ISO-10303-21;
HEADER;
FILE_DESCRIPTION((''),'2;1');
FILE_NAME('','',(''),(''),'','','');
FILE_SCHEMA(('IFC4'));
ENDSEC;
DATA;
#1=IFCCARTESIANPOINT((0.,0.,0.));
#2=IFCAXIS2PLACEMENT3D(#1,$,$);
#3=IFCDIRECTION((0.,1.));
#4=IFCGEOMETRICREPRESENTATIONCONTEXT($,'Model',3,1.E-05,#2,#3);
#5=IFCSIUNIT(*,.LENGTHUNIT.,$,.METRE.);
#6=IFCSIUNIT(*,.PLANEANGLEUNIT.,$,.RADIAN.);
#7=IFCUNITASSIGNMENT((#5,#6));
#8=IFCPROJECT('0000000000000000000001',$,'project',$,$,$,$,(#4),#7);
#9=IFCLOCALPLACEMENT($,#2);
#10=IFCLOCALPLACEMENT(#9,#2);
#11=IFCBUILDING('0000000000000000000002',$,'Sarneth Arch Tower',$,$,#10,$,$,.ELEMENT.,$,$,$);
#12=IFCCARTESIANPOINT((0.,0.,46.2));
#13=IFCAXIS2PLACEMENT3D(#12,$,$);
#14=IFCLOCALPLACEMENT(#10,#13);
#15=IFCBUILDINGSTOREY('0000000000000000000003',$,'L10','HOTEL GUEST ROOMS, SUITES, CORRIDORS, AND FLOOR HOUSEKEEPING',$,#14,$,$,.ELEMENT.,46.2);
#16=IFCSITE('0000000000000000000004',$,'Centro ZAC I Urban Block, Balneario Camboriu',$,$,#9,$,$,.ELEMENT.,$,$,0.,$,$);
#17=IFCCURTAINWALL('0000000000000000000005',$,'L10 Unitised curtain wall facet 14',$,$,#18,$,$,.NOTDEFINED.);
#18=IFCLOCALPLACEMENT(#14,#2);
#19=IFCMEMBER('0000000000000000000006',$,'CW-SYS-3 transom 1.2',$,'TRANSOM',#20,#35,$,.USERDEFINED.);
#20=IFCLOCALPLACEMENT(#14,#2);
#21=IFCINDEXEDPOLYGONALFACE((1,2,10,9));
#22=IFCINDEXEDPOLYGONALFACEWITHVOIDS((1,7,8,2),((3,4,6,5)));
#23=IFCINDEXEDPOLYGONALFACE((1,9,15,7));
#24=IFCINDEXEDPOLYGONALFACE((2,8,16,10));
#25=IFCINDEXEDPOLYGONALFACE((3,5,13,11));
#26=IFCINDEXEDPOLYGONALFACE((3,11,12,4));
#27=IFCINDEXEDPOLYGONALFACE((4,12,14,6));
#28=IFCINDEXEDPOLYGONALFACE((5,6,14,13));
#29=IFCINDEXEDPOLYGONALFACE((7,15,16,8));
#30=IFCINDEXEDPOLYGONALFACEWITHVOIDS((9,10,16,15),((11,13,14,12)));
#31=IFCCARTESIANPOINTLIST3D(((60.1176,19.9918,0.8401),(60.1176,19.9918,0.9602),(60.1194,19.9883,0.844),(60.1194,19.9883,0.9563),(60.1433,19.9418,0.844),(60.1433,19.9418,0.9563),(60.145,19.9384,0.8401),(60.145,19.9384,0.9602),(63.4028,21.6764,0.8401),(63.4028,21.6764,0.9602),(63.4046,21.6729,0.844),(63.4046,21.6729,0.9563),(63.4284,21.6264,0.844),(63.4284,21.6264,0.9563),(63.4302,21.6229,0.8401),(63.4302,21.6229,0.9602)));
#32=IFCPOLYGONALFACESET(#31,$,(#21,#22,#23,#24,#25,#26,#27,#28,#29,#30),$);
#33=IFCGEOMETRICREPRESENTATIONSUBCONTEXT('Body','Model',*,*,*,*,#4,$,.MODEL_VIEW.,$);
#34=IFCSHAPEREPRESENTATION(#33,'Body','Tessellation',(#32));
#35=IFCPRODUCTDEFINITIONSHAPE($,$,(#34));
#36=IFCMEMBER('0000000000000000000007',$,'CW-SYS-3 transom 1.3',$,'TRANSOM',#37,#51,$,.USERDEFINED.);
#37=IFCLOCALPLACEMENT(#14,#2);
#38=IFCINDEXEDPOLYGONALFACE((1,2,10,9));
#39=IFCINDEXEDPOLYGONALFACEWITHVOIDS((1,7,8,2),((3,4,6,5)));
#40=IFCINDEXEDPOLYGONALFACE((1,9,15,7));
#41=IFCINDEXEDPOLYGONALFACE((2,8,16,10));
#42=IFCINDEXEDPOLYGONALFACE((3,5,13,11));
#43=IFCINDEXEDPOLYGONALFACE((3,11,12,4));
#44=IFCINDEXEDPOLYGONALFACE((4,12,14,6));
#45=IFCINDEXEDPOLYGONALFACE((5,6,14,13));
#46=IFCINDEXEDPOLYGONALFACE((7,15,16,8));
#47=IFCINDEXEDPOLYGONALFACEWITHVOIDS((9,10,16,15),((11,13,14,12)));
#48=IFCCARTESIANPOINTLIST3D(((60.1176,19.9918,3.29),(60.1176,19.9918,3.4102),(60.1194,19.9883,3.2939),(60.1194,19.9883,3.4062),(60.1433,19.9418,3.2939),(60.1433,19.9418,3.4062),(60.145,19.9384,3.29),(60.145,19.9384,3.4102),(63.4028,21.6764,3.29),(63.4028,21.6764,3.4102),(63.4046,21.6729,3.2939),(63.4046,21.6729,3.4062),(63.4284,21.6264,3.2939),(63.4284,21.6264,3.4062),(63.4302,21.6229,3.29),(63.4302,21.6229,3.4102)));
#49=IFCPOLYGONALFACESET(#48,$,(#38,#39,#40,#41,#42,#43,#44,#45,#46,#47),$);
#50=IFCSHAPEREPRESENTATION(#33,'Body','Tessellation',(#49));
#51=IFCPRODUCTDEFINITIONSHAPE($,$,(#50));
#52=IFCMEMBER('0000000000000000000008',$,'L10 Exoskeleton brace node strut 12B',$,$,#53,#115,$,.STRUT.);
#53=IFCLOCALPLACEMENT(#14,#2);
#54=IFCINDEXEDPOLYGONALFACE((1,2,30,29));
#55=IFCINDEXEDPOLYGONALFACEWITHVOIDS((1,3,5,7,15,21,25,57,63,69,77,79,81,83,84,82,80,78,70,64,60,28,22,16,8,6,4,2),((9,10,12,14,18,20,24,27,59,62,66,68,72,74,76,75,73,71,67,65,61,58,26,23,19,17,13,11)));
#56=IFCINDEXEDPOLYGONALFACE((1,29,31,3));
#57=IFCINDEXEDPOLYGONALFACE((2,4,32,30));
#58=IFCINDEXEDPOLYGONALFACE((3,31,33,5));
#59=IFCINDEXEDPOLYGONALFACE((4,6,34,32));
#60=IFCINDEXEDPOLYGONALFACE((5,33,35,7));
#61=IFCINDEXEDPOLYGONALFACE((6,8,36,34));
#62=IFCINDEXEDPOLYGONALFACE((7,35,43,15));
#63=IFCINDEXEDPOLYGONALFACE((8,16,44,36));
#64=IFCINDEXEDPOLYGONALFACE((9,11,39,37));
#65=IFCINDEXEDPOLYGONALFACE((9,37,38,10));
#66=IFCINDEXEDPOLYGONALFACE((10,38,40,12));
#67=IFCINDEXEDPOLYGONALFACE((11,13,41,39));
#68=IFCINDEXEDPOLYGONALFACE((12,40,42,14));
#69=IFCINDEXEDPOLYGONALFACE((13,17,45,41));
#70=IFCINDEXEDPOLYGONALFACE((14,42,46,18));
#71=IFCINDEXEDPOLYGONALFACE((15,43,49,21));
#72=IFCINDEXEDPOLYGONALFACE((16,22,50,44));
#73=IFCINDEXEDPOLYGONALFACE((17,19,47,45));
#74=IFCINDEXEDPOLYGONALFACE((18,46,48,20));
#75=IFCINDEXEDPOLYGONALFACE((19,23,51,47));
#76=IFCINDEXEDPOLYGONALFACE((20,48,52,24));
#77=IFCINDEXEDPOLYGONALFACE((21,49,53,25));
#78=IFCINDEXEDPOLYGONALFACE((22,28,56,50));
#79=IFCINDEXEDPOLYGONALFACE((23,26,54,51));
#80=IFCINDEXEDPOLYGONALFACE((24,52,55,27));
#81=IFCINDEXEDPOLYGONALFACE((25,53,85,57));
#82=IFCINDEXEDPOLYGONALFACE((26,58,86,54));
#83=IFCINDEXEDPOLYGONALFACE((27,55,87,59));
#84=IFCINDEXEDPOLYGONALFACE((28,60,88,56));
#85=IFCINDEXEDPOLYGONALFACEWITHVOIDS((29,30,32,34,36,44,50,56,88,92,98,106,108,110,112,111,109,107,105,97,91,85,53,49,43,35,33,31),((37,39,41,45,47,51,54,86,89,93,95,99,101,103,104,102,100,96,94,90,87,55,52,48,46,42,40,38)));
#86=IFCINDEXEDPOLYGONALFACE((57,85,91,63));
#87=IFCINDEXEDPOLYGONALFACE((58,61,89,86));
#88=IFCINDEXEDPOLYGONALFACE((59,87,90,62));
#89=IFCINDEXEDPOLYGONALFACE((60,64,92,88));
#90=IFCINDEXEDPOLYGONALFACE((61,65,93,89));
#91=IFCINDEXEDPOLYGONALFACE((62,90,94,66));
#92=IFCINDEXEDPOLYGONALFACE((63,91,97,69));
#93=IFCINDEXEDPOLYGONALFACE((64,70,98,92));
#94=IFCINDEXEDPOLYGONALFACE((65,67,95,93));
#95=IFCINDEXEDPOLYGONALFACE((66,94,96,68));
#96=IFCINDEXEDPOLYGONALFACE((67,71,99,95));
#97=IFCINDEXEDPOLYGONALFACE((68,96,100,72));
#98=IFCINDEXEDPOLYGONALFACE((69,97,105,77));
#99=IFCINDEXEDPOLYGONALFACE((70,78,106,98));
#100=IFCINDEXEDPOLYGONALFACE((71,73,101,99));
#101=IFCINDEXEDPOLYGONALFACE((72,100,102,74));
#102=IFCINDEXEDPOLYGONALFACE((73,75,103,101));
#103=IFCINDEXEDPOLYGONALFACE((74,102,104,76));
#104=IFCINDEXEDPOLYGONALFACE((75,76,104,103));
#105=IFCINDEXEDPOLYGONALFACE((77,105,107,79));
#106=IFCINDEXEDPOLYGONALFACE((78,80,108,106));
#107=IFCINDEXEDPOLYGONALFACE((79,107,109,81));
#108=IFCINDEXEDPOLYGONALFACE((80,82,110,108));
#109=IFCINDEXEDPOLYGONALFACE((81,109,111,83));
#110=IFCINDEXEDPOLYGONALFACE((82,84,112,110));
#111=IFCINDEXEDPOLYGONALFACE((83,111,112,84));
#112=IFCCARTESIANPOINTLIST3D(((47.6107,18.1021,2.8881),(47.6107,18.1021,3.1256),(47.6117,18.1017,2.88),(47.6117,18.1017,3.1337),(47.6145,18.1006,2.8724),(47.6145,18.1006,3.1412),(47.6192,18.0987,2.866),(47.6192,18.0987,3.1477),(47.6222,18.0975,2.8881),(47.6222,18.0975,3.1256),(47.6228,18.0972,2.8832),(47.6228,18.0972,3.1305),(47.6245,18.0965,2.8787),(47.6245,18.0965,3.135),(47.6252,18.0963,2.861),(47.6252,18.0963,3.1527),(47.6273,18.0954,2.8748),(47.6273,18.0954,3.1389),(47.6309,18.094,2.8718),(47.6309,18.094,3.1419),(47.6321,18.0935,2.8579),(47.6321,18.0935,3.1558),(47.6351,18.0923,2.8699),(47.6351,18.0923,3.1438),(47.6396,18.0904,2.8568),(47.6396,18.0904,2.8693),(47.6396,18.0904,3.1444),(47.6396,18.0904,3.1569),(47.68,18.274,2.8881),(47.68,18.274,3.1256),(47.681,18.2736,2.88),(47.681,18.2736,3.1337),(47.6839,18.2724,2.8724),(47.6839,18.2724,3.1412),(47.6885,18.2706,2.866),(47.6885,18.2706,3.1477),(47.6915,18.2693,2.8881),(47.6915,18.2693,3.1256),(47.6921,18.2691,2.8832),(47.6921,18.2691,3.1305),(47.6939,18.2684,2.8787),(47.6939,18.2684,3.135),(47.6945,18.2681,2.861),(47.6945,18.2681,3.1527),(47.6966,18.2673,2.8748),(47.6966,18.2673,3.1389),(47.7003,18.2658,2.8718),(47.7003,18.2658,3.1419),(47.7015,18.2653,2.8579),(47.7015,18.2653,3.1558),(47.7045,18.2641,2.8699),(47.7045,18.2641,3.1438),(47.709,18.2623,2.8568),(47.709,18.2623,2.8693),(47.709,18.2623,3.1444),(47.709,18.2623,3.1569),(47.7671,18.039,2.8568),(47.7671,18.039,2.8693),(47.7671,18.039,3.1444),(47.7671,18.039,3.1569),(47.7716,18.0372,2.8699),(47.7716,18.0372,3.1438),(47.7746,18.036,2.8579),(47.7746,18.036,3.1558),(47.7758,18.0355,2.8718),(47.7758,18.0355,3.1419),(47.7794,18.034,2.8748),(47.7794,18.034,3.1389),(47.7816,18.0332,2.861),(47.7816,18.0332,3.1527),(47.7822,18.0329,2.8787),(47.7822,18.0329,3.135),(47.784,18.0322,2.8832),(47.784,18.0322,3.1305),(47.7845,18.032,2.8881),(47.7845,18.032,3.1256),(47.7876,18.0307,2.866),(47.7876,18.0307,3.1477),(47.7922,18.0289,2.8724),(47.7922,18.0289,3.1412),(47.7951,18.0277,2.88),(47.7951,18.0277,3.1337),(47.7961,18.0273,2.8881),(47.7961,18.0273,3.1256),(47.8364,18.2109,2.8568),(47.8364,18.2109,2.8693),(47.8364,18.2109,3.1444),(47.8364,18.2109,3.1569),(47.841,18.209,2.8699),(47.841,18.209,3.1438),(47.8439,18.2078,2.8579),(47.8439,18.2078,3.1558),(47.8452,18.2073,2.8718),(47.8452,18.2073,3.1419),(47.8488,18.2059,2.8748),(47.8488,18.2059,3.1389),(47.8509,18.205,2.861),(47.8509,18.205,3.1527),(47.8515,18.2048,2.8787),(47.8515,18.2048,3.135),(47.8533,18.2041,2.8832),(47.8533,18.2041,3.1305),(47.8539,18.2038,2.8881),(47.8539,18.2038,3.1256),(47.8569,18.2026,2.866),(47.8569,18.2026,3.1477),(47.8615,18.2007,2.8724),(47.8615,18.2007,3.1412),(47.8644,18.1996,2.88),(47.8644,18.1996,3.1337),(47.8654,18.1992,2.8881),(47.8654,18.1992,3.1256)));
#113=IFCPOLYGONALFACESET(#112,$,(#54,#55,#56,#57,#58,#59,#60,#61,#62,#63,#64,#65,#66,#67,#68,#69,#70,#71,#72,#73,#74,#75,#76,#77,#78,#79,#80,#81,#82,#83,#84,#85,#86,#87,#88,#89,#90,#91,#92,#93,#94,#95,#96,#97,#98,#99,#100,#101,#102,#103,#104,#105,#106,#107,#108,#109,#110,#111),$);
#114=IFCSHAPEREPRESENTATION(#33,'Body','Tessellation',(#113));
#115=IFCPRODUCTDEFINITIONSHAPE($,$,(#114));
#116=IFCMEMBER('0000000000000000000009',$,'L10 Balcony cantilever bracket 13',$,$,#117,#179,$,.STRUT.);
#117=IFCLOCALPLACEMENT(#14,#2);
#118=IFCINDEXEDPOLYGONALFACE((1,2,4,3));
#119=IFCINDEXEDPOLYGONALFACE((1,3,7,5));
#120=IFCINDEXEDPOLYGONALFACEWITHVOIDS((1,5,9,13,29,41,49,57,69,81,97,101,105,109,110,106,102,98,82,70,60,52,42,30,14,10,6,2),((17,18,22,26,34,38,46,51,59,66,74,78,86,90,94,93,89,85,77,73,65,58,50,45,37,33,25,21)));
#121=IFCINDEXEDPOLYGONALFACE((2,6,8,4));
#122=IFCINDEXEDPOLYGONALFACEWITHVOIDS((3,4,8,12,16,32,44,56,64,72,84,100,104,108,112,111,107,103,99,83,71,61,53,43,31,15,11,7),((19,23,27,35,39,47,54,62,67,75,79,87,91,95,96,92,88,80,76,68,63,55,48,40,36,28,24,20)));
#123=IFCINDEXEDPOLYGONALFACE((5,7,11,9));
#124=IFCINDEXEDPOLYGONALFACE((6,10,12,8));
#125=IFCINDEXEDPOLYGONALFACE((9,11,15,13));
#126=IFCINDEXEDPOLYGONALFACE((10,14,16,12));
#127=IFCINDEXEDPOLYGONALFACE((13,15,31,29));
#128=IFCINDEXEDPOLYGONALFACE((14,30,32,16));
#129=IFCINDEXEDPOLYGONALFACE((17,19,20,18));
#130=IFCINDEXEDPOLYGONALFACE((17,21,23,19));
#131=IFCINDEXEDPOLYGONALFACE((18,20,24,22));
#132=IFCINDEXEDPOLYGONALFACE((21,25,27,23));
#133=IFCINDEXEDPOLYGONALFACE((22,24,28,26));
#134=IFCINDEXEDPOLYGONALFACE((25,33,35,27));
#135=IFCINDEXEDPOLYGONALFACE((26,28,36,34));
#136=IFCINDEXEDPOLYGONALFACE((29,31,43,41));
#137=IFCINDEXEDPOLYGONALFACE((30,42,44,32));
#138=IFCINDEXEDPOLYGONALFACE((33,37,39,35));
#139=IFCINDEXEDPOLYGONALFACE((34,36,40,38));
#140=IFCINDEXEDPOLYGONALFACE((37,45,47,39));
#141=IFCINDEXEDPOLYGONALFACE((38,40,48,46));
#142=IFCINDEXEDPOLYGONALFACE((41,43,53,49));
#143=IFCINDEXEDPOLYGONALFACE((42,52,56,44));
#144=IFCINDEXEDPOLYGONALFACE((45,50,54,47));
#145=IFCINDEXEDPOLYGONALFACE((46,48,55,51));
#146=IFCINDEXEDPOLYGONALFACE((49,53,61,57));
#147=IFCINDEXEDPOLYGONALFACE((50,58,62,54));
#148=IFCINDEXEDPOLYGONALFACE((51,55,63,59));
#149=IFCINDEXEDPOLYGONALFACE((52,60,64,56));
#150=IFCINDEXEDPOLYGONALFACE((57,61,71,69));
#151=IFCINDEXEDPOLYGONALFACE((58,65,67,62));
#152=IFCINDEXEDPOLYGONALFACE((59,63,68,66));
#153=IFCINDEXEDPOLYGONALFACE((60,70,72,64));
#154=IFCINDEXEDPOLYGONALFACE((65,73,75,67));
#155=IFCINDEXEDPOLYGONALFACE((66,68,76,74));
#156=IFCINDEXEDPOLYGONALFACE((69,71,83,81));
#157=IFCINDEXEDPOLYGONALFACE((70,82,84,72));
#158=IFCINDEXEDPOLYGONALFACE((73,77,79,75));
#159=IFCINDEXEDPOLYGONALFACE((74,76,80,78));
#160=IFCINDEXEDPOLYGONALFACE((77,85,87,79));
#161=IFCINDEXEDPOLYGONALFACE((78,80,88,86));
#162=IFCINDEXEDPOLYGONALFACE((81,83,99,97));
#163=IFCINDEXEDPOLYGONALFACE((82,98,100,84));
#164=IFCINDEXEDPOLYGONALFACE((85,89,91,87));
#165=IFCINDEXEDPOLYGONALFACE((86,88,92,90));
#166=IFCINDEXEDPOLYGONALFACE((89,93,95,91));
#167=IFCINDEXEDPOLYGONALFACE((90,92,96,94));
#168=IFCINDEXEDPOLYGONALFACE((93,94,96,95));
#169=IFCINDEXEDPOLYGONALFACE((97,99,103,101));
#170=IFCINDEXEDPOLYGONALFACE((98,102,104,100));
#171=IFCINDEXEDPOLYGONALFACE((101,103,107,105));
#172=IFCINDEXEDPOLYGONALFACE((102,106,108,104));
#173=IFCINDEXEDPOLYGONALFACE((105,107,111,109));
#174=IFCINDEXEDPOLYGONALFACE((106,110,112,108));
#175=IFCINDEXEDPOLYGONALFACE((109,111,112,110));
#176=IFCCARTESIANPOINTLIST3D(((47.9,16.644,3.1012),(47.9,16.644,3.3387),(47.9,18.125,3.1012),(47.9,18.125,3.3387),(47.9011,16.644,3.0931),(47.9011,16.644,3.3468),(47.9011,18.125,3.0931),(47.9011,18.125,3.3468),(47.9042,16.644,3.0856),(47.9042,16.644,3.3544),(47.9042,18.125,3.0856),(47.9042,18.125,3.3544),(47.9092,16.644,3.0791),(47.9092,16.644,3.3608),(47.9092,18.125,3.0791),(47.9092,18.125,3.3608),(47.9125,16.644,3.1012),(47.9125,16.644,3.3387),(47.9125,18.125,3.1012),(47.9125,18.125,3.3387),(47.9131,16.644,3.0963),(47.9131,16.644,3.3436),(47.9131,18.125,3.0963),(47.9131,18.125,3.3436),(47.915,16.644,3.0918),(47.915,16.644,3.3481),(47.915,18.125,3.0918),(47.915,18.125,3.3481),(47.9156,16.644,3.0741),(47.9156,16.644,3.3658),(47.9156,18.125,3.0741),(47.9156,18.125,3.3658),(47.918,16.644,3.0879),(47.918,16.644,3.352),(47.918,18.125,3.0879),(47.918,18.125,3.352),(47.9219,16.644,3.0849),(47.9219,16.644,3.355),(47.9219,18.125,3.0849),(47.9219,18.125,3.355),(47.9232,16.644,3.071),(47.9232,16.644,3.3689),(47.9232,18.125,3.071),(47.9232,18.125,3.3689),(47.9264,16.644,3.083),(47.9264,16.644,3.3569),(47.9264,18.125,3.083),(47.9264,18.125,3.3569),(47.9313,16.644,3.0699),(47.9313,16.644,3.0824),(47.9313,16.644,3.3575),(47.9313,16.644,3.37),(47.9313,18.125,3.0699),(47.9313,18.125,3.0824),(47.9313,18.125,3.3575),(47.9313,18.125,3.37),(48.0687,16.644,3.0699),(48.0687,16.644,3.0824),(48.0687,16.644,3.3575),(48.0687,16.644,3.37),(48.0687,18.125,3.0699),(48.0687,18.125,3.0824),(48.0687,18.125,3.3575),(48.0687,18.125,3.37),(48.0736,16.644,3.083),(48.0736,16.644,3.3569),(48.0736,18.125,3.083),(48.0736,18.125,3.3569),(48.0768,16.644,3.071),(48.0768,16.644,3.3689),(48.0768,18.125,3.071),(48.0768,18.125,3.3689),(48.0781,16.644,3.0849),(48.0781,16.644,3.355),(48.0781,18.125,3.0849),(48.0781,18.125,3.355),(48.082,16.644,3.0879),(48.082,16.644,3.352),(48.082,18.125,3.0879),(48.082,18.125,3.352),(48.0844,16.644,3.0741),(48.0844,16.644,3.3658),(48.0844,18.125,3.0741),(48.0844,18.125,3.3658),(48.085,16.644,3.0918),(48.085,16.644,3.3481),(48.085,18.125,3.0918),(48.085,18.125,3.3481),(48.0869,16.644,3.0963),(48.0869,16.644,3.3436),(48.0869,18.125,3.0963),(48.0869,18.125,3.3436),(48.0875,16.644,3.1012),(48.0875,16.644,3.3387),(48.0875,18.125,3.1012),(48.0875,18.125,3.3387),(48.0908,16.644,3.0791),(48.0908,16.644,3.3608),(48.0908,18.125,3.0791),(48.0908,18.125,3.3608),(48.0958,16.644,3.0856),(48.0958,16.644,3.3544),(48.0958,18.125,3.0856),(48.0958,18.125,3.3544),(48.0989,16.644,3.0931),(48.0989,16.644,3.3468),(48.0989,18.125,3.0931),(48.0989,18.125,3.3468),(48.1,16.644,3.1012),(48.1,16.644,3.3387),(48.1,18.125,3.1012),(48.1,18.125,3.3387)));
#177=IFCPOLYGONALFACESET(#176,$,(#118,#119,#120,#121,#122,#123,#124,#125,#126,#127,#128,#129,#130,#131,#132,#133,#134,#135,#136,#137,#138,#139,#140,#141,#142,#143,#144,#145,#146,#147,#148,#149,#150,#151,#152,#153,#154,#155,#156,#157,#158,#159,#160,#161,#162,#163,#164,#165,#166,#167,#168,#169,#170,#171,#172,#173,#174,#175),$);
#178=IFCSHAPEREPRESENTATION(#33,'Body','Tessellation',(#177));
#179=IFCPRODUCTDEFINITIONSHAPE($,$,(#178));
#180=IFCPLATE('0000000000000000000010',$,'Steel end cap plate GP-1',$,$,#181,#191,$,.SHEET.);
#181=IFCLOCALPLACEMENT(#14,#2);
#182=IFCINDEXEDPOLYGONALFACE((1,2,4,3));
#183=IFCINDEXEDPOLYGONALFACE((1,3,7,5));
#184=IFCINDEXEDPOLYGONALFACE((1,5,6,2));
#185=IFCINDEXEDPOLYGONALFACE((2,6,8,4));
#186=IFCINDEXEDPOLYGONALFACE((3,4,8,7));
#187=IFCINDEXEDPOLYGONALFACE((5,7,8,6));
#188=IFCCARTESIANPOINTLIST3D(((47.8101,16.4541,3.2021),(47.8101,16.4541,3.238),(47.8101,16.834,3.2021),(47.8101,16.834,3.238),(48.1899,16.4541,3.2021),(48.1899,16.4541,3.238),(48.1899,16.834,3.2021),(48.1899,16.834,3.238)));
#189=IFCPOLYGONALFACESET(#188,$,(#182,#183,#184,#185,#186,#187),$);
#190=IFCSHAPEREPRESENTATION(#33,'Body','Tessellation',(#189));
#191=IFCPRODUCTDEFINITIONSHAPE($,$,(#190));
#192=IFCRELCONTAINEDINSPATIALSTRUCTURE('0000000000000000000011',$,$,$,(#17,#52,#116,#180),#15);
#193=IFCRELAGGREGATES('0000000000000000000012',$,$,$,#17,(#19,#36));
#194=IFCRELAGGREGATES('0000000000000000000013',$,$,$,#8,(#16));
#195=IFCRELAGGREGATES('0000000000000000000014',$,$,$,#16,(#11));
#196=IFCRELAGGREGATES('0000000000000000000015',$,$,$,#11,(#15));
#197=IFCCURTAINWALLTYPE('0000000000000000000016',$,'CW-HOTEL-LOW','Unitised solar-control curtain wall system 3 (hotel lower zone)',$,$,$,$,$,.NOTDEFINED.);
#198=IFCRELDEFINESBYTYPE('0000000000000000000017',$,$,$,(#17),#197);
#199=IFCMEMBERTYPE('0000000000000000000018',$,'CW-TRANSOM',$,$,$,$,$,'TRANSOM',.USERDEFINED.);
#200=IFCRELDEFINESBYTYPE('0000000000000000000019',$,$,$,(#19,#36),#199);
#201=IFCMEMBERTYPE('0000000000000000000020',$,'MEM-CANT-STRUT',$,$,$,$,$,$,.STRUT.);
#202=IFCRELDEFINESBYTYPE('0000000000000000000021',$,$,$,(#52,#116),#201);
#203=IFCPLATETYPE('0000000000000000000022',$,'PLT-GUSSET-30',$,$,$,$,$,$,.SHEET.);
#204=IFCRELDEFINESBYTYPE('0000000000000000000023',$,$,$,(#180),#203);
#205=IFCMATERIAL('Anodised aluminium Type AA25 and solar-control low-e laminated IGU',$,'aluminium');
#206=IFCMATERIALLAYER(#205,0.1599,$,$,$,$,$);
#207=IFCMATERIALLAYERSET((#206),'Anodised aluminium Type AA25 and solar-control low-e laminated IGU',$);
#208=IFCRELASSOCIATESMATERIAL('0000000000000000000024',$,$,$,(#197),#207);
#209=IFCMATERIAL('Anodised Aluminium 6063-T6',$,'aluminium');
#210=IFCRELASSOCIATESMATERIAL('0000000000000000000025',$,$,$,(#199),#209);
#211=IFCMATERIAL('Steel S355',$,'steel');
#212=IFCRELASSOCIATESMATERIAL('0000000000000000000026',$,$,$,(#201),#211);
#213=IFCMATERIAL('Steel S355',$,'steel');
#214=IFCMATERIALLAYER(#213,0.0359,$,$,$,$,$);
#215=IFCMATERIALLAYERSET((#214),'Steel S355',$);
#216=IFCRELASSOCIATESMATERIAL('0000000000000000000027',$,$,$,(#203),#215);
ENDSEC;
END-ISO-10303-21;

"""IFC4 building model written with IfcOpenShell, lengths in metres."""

from ifc_helpers import new_model, si_unit, direction, frame, origin, origin_2d, place, context, subcontext, project, spatial, rectangle, hollow_rectangle, extrude, material, layer, layer_set, material_profile, profile_set, type_object, element, aggregate, save


model = new_model("IFC4")

# Units and contexts
model_context = context("Model", 3, precision=1e-05, world=origin(), true_north=direction((0.0, 1.0)))
body_context = subcontext(model_context, "Body", "Model", "MODEL_VIEW")
ifc_project = project(units=[si_unit("LENGTHUNIT", "METRE"), si_unit("PLANEANGLEUNIT", "RADIAN")], contexts=[model_context])

# Site, building, storey
site_placement = place(None, origin())
site = spatial("IfcSite", under=ifc_project, at=site_placement, Name="Centro ZAC I Urban Block, Balneario Camboriu", CompositionType="ELEMENT", RefElevation=0.0)
building_placement = place(site_placement, origin())
building = spatial("IfcBuilding", under=site, at=building_placement, Name="Sarneth Arch Tower", CompositionType="ELEMENT")
storey_placement = place(building_placement, frame((0.0, 0.0, 46.2)))
storey = spatial("IfcBuildingStorey", under=building, at=storey_placement, Name="L10", Description="HOTEL GUEST ROOMS, SUITES, CORRIDORS, AND FLOOR HOUSEKEEPING", CompositionType="ELEMENT", Elevation=46.2)

# Curtain wall, members
ifc_material_1 = material(Name="Anodised aluminium Type AA25 and solar-control low-e laminated IGU", Category="aluminium")
ifc_layer_1 = layer(ifc_material_1, 0.1599)
ifc_layer_set_1 = layer_set([ifc_layer_1], Name="Anodised aluminium Type AA25 and solar-control low-e laminated IGU")
curtain_wall_type = type_object("IfcCurtainWallType", Name="CW-HOTEL-LOW", Description="Unitised solar-control curtain wall system 3 (hotel lower zone)", PredefinedType="NOTDEFINED", material=ifc_layer_set_1)
curtain_wall_placement = place(storey_placement, origin())
curtain_wall = element("IfcCurtainWall", 1, at=curtain_wall_placement, inside=storey, type_object=curtain_wall_type, Name="L10 Unitised curtain wall facet 14", PredefinedType="NOTDEFINED")
ifc_material_2 = material(Name="Anodised Aluminium 6063-T6", Category="aluminium")
ifc_material_profile_1 = material_profile(ifc_material_2, hollow_rectangle(XDim=0.0601, YDim=0.1201, WallThickness=0.0039, at=origin_2d()), Name="AL-TRAN-120x60x4")
ifc_profile_set_1 = profile_set([ifc_material_profile_1], Name="Anodised Aluminium 6063-T6")
member_type_1 = type_object("IfcMemberType", Name="CW-TRANSOM", ElementType="TRANSOM", PredefinedType="USERDEFINED", material=ifc_profile_set_1)
member_1_placement = place(storey_placement, frame((60.1313, 19.9651, 0.9001), z_axis=(0.889831, 0.45629, 0.0), x_axis=(-0.45629, 0.889831, 0.0)))
member_1 = element("IfcMember", 2, at=member_1_placement, type_object=member_type_1, Name="CW-SYS-3 transom 1.2", ObjectType="TRANSOM", PredefinedType="USERDEFINED", context=body_context, shape_type="SweptSolid", body=[
    extrude(hollow_rectangle(XDim=0.0601, YDim=0.1201, WallThickness=0.0039, at=origin_2d()), origin(), (0.0, 0.0, 1.0), 3.6919),
])
member_2_placement = place(storey_placement, frame((60.1313, 19.9651, 3.3501), z_axis=(0.889831, 0.45629, 0.0), x_axis=(-0.45629, 0.889831, 0.0)))
member_2 = element("IfcMember", 3, at=member_2_placement, type_object=member_type_1, Name="CW-SYS-3 transom 1.3", ObjectType="TRANSOM", PredefinedType="USERDEFINED", context=body_context, shape_type="SweptSolid", body=[
    extrude(hollow_rectangle(XDim=0.0601, YDim=0.1201, WallThickness=0.0039, at=origin_2d()), origin(), (0.0, 0.0, 1.0), 3.6919),
])
aggregate(curtain_wall, [member_1, member_2])

# Members
ifc_material_3 = material(Name="Steel S355", Category="steel")
ifc_material_profile_2 = material_profile(ifc_material_3, hollow_rectangle(XDim=0.2, YDim=0.3, WallThickness=0.0125, InnerFilletRadius=0.0188, OuterFilletRadius=0.0312, at=origin_2d()), Name="RHS300x200x12.5")
ifc_profile_set_2 = profile_set([ifc_material_profile_2], Name="Steel S355")
member_type_2 = type_object("IfcMemberType", Name="MEM-CANT-STRUT", PredefinedType="STRUT", material=ifc_profile_set_2)
member_3_placement = place(storey_placement, frame((47.7727, 18.2366, 3.0068), z_axis=(-0.374115, -0.927383, 0.0), x_axis=(0.927383, -0.374115, 0.0)))
element("IfcMember", 4, at=member_3_placement, inside=storey, type_object=member_type_2, Name="L10 Exoskeleton brace node strut 12B", PredefinedType="STRUT", context=body_context, shape_type="SweptSolid", body=[
    extrude(hollow_rectangle(XDim=0.2, YDim=0.3, WallThickness=0.0125, InnerFilletRadius=0.0188, OuterFilletRadius=0.0312, at=origin_2d()), origin(), (0.0, 0.0, 1.0), 0.1853),
])
member_4_placement = place(storey_placement, frame((48.0, 18.125, 3.22), z_axis=(0.0, -1.0, 0.0), x_axis=(1.0, 0.0, 0.0)))
element("IfcMember", 5, at=member_4_placement, inside=storey, type_object=member_type_2, Name="L10 Balcony cantilever bracket 13", PredefinedType="STRUT", context=body_context, shape_type="SweptSolid", body=[
    extrude(hollow_rectangle(XDim=0.2, YDim=0.3, WallThickness=0.0125, InnerFilletRadius=0.0188, OuterFilletRadius=0.0312, at=origin_2d()), origin(), (0.0, 0.0, 1.0), 1.481),
])

# Plate
ifc_material_4 = material(Name="Steel S355", Category="steel")
ifc_layer_2 = layer(ifc_material_4, 0.0359)
ifc_layer_set_2 = layer_set([ifc_layer_2], Name="Steel S355")
plate_type = type_object("IfcPlateType", Name="PLT-GUSSET-30", PredefinedType="SHEET", material=ifc_layer_set_2)
plate_placement = place(storey_placement, frame((48.0, 16.644, 3.2021), z_axis=(0.0, 0.0, 1.0), x_axis=(0.0, -1.0, 0.0)))
element("IfcPlate", 6, at=plate_placement, inside=storey, type_object=plate_type, Name="Steel end cap plate GP-1", PredefinedType="SHEET", context=body_context, shape_type="SweptSolid", body=[
    extrude(rectangle(XDim=0.3799, YDim=0.3799, at=origin_2d()), origin(), (0.0, 0.0, 1.0), 0.0359),
])

save(model, "model.ifc")
